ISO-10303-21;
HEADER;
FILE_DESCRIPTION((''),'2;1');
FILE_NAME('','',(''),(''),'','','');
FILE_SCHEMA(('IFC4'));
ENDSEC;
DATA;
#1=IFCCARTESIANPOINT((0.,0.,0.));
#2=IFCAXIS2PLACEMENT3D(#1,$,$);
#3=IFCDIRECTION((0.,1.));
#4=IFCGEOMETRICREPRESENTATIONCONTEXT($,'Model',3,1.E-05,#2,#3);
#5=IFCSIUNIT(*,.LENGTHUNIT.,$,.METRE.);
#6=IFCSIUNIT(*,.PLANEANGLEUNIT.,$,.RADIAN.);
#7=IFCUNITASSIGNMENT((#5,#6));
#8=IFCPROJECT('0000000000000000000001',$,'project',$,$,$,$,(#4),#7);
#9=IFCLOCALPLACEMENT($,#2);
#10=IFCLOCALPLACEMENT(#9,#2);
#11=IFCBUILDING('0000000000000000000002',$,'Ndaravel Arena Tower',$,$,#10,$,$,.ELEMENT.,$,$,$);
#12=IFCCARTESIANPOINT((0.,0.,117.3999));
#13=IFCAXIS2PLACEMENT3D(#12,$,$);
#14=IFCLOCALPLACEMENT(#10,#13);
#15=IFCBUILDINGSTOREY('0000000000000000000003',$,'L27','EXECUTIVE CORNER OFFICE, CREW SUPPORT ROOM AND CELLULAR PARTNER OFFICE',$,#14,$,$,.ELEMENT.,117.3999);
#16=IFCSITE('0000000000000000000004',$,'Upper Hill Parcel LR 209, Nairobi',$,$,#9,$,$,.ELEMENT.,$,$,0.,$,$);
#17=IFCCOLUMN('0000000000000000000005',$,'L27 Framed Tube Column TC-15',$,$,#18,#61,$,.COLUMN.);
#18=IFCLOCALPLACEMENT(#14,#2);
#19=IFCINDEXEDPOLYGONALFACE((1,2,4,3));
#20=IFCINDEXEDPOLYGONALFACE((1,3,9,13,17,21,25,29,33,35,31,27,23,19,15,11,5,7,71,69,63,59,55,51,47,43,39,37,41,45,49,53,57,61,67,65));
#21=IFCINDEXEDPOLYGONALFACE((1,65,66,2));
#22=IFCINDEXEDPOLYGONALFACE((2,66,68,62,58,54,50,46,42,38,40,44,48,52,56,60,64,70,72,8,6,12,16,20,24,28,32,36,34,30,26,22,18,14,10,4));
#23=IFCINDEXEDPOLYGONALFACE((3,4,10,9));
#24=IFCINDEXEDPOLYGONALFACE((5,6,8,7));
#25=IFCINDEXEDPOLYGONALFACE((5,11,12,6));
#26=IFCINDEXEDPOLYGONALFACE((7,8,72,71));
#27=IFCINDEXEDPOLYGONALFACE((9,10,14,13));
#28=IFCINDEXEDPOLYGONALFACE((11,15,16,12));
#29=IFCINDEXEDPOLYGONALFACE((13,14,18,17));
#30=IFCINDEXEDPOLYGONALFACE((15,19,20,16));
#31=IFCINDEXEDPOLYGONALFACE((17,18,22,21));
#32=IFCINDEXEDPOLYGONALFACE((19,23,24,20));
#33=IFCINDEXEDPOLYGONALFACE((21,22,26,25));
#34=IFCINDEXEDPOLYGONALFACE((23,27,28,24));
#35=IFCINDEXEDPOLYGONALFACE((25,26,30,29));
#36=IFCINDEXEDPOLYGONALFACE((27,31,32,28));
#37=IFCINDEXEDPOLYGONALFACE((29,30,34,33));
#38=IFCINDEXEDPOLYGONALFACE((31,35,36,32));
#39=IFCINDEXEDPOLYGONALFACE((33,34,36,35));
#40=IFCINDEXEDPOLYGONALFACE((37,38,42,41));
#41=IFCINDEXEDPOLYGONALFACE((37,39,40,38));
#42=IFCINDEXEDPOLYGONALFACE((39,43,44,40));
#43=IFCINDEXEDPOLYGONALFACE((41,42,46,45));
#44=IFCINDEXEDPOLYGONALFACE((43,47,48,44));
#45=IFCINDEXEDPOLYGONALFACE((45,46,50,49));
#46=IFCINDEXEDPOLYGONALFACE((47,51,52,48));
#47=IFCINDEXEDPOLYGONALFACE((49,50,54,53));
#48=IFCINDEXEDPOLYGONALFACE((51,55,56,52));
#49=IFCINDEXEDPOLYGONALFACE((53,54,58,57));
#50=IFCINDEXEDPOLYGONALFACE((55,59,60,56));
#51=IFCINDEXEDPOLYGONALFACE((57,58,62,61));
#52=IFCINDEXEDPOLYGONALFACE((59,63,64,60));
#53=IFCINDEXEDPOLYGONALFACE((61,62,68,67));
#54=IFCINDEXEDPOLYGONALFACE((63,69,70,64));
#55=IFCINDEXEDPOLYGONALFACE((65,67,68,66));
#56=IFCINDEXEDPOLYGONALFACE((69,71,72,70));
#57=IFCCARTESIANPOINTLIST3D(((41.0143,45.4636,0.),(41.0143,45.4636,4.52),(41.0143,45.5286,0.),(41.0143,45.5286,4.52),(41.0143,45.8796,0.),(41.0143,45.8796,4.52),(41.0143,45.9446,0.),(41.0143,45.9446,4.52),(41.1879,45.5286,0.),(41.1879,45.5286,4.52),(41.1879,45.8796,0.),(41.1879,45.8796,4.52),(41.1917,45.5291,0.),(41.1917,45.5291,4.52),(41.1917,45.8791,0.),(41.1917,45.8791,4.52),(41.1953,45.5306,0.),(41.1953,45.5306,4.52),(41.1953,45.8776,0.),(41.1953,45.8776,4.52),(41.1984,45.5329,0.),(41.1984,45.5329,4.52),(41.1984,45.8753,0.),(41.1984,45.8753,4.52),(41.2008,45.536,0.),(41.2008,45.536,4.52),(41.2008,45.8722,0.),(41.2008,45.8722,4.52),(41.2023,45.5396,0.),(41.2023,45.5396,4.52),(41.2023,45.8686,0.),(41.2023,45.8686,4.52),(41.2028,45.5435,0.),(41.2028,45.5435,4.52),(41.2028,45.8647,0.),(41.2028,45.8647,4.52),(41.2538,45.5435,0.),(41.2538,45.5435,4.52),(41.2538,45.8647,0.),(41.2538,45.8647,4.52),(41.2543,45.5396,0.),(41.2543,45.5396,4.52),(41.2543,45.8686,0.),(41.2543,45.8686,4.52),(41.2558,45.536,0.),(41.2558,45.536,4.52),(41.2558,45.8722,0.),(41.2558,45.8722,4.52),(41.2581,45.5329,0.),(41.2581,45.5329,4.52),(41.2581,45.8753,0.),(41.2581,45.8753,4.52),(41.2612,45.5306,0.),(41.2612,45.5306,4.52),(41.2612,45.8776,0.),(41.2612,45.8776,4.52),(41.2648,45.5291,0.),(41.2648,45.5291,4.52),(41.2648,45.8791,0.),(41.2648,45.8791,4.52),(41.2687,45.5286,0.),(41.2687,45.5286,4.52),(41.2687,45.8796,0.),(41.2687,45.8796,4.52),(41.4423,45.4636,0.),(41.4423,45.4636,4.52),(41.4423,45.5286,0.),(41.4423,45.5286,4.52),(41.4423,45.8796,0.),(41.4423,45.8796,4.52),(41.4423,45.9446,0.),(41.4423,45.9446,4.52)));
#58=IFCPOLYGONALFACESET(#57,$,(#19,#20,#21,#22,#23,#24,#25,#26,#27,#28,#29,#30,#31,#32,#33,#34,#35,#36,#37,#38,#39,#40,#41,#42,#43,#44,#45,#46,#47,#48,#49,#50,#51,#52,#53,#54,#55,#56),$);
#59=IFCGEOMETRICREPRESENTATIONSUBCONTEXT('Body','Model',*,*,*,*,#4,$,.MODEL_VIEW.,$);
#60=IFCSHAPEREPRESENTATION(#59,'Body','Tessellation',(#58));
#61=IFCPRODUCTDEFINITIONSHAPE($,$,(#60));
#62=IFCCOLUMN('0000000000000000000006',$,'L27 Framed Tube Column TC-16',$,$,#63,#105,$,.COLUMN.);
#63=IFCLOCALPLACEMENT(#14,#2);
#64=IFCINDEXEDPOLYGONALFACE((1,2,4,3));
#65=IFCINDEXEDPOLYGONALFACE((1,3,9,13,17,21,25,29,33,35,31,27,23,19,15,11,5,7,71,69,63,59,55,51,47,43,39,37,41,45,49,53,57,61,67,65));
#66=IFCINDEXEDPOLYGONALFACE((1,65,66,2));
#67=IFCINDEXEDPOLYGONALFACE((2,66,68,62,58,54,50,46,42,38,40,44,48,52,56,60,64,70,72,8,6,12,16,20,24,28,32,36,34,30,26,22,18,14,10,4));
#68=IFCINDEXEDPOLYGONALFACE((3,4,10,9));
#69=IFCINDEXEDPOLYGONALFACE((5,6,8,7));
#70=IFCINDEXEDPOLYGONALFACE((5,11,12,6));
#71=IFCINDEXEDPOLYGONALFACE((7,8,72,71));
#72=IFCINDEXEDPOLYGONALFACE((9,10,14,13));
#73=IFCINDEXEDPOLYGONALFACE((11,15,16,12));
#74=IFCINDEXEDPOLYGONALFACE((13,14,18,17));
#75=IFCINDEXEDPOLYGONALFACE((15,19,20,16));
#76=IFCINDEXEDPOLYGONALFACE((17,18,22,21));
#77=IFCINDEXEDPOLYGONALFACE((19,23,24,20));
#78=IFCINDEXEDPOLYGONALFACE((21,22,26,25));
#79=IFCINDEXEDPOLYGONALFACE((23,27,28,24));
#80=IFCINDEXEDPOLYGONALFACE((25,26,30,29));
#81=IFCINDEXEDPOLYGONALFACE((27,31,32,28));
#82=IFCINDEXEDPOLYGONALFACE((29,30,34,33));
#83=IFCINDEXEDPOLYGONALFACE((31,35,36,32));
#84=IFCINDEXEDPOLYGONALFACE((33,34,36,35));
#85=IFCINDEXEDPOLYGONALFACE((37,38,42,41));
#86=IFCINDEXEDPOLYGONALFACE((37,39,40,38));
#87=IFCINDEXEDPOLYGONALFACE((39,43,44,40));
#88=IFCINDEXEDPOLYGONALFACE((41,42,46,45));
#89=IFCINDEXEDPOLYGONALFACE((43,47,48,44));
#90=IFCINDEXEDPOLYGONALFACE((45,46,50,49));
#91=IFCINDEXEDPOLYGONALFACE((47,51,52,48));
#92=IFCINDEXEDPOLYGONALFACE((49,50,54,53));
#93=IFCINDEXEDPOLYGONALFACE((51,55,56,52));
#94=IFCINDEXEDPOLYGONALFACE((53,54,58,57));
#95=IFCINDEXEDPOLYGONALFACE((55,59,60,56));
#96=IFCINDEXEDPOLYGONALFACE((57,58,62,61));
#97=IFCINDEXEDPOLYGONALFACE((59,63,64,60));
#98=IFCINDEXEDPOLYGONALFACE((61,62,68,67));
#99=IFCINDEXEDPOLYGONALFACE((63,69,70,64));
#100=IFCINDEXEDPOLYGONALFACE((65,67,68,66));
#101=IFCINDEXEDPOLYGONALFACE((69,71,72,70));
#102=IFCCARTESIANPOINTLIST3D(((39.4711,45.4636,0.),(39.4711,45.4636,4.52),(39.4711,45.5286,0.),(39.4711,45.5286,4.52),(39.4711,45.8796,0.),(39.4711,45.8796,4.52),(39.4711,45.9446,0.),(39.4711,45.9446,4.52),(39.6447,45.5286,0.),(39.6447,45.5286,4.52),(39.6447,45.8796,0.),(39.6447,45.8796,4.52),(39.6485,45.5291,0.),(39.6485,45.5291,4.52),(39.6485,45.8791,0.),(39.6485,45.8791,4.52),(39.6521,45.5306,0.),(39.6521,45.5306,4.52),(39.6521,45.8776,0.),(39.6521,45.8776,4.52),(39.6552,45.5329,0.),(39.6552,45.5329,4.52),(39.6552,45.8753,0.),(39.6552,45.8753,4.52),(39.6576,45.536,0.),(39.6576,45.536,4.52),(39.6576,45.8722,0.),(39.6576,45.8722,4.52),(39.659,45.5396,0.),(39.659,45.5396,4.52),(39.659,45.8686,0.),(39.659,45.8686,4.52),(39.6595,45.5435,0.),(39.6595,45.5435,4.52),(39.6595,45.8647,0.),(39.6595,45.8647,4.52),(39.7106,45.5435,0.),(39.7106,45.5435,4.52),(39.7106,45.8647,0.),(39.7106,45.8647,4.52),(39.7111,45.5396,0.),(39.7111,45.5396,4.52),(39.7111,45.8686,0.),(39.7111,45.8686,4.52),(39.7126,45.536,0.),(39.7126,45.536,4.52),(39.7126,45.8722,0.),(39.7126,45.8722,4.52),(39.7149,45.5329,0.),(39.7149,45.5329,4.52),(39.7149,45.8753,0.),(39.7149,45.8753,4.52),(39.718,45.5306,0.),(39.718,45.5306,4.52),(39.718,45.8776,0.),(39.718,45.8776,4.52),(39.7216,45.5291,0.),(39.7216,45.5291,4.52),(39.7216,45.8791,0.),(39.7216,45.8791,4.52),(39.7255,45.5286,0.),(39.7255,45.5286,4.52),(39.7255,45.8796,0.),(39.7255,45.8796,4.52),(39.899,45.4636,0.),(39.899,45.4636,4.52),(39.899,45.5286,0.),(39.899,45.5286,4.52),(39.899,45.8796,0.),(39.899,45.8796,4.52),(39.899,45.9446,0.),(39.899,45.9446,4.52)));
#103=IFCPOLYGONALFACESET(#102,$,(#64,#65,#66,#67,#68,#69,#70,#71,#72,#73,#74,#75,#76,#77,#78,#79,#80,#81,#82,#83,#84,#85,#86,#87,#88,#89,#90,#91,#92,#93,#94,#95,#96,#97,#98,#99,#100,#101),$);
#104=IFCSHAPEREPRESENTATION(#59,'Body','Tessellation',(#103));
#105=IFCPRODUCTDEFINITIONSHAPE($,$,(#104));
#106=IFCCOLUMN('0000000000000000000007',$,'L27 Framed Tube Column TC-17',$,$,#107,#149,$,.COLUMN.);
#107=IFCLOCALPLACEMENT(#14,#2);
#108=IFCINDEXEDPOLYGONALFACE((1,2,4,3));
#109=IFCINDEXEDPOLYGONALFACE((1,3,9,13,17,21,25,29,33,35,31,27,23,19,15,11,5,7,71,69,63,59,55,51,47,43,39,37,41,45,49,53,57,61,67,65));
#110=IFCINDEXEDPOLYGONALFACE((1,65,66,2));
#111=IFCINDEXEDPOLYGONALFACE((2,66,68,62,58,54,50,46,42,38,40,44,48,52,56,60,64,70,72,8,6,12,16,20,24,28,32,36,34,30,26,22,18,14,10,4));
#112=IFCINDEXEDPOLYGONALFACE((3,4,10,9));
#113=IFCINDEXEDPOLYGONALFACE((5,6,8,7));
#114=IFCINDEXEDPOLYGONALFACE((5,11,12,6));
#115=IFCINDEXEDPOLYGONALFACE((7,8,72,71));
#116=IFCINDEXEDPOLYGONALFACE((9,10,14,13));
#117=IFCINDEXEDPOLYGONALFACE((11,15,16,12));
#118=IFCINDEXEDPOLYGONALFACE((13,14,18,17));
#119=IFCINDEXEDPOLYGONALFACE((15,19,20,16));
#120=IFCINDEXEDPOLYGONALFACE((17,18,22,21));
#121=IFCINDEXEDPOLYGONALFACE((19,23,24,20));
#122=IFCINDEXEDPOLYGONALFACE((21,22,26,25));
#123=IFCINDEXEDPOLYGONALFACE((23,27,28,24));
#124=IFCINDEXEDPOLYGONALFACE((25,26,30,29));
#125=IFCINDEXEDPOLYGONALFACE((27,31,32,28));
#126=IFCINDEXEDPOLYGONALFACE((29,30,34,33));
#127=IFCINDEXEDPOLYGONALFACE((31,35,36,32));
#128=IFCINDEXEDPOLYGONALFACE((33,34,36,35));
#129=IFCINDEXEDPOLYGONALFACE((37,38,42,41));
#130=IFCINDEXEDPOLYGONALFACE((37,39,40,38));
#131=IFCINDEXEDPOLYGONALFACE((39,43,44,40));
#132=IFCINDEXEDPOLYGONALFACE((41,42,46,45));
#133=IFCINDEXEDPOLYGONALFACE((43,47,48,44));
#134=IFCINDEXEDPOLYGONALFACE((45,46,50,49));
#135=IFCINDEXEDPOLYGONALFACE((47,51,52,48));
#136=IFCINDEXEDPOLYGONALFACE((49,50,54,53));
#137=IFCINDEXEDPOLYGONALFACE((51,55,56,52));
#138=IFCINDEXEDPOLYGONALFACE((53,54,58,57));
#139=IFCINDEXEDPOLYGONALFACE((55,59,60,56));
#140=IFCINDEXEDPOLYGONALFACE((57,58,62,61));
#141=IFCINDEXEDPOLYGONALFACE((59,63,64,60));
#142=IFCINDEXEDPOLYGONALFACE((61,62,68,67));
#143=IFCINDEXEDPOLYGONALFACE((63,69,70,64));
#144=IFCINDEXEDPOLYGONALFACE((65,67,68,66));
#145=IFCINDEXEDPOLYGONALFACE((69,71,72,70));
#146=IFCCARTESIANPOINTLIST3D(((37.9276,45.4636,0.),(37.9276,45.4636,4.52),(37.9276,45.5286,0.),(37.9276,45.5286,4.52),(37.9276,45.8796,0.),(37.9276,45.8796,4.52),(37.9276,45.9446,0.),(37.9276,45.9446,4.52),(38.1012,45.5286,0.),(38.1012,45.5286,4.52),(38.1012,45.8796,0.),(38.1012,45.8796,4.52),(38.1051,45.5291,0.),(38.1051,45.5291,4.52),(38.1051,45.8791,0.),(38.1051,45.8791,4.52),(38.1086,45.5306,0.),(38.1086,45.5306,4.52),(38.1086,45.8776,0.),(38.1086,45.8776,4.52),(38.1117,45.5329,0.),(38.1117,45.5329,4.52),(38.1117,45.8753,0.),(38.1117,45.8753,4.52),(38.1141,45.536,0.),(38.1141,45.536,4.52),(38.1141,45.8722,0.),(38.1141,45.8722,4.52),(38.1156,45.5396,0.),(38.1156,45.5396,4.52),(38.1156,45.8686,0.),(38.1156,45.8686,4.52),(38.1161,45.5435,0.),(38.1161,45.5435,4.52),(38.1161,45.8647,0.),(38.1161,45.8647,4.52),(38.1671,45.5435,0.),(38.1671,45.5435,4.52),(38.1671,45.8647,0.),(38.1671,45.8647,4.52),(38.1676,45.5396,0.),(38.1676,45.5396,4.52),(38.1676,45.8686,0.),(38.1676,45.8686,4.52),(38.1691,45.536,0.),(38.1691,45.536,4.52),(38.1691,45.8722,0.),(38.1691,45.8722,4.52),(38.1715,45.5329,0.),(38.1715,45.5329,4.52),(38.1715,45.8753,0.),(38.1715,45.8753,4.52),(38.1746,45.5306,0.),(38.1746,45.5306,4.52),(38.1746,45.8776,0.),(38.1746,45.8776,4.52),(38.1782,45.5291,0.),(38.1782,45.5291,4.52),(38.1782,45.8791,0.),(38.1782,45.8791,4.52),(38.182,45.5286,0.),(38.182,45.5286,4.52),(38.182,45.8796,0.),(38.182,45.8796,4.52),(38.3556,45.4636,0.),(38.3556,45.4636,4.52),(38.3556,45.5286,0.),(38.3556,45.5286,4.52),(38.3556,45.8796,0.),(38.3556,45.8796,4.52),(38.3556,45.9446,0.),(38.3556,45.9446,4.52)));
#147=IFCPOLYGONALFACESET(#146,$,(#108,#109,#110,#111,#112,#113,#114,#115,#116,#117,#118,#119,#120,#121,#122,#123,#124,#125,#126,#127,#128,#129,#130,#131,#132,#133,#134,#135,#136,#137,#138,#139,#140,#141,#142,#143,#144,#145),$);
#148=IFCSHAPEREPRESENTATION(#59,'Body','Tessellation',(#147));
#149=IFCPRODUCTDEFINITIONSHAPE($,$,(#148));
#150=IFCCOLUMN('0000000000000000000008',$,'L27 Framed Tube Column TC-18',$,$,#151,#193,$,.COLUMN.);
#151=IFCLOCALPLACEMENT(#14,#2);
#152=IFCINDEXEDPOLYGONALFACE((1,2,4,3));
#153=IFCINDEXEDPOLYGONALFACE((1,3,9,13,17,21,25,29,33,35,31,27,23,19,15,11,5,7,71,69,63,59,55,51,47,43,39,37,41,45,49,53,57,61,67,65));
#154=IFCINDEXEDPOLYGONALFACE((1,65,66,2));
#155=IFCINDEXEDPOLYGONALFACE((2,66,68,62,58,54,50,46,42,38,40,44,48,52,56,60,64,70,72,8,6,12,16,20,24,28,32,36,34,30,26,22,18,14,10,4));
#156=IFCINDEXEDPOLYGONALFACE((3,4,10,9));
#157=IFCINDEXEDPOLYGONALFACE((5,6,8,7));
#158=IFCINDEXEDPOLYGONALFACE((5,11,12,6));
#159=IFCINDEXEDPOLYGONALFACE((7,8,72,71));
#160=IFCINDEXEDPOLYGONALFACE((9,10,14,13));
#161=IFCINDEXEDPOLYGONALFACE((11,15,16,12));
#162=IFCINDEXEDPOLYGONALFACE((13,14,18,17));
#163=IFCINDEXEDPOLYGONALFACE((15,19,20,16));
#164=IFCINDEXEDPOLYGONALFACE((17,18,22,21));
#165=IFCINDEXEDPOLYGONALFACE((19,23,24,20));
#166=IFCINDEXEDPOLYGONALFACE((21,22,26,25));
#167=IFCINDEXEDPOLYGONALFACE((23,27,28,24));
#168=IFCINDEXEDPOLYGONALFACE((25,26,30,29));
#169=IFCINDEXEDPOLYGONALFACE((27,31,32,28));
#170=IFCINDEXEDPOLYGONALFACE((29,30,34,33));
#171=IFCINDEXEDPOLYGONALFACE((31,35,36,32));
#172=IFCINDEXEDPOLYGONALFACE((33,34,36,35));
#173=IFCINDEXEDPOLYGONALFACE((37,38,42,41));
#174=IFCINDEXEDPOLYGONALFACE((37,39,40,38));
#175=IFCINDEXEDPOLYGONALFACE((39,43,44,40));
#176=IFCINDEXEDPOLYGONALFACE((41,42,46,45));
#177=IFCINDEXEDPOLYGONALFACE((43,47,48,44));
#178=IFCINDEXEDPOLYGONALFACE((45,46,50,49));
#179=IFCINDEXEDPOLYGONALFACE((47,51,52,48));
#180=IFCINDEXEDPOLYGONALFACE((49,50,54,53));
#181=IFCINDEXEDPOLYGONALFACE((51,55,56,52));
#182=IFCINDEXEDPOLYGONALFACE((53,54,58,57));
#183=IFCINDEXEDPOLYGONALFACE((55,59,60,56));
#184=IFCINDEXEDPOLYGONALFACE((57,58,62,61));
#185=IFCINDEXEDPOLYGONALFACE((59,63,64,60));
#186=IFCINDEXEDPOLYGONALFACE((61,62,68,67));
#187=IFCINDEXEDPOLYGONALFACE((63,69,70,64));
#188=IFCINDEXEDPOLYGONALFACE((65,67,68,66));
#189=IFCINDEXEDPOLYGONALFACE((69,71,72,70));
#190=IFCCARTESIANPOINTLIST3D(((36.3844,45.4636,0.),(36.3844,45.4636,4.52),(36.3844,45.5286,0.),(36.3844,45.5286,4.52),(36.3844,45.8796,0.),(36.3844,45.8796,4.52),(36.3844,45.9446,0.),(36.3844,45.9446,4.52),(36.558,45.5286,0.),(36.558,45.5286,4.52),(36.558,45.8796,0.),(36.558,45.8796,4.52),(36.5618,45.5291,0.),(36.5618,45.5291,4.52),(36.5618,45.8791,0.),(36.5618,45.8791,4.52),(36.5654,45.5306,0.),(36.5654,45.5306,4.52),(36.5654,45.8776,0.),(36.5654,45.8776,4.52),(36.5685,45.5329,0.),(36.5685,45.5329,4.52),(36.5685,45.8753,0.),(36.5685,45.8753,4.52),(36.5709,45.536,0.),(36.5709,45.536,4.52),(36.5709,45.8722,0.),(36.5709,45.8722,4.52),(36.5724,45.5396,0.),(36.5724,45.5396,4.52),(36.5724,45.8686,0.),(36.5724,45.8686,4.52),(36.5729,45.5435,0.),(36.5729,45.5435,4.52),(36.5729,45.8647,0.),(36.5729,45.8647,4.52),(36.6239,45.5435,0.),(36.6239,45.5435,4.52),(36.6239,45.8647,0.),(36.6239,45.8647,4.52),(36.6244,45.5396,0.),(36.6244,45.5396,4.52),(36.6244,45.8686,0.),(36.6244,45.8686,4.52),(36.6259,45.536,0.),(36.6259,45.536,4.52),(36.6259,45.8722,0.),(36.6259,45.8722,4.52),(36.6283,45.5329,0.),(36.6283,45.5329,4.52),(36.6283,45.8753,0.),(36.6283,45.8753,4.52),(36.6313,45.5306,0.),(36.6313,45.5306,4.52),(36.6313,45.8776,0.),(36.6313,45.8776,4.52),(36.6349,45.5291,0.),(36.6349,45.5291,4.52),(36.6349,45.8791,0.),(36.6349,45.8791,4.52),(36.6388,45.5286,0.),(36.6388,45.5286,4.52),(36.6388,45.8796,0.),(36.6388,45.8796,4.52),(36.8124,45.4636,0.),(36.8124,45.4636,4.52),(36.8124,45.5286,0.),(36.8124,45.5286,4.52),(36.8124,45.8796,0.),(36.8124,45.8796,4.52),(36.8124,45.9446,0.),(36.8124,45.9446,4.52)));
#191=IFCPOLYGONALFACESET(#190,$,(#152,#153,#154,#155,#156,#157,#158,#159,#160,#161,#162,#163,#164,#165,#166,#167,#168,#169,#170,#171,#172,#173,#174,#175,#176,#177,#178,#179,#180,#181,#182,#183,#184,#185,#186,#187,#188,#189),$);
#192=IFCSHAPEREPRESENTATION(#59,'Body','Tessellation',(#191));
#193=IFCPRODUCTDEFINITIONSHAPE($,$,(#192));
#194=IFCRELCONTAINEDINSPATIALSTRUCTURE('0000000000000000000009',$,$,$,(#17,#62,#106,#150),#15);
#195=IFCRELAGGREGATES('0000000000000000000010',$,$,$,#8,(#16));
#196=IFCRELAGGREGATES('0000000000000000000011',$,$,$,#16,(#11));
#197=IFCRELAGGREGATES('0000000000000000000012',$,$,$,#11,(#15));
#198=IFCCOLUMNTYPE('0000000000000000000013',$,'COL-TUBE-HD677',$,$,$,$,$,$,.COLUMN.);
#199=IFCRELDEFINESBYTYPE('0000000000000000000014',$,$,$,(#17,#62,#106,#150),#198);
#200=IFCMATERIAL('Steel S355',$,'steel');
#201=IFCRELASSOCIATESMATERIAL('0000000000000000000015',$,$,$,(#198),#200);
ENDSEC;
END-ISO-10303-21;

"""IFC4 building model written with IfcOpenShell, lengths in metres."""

from ifc_helpers import new_model, si_unit, direction, frame, origin, origin_2d, place, context, subcontext, project, spatial, i_section, extrude, material, material_profile, profile_set, type_object, element, save


model = new_model("IFC4")

# Units and contexts
model_context = context("Model", 3, precision=1e-05, world=origin(), true_north=direction((0.0, 1.0)))
body_context = subcontext(model_context, "Body", "Model", "MODEL_VIEW")
ifc_project = project(units=[si_unit("LENGTHUNIT", "METRE"), si_unit("PLANEANGLEUNIT", "RADIAN")], contexts=[model_context])

# Site, building, storey
site_placement = place(None, origin())
site = spatial("IfcSite", under=ifc_project, at=site_placement, Name="Upper Hill Parcel LR 209, Nairobi", CompositionType="ELEMENT", RefElevation=0.0)
building_placement = place(site_placement, origin())
building = spatial("IfcBuilding", under=site, at=building_placement, Name="Ndaravel Arena Tower", CompositionType="ELEMENT")
storey_placement = place(building_placement, frame((0.0, 0.0, 117.3999)))
storey = spatial("IfcBuildingStorey", under=building, at=storey_placement, Name="L27", Description="EXECUTIVE CORNER OFFICE, CREW SUPPORT ROOM AND CELLULAR PARTNER OFFICE", CompositionType="ELEMENT", Elevation=117.3999)

# Columns
ifc_material_1 = material(Name="Steel S355", Category="steel")
ifc_material_profile_1 = material_profile(ifc_material_1, i_section(OverallWidth=0.428, OverallDepth=0.481, WebThickness=0.051, FlangeThickness=0.0649, FilletRadius=0.0149, at=origin_2d()), Name="HD 400x677")
ifc_profile_set_1 = profile_set([ifc_material_profile_1], Name="Steel S355")
column_type = type_object("IfcColumnType", Name="COL-TUBE-HD677", PredefinedType="COLUMN", material=ifc_profile_set_1)
for number, where, z_axis, x_axis, name in (
    (1, (41.2283, 45.7041, 0.0), (0.0, 0.0, 1.0), (1.0, 0.0, 0.0), "L27 Framed Tube Column TC-15"),
    (2, (39.6851, 45.7041, 0.0), (0.0, 0.0, 1.0), (1.0, 0.0, 0.0), "L27 Framed Tube Column TC-16"),
    (3, (38.1416, 45.7041, 0.0), (0.0, 0.0, 1.0), (1.0, 0.0, 0.0), "L27 Framed Tube Column TC-17"),
    (4, (36.5984, 45.7041, 0.0), (0.0, 0.0, 1.0), (1.0, 0.0, 0.0), "L27 Framed Tube Column TC-18"),
):
    element("IfcColumn", number, at=place(storey_placement, frame(where, z_axis=z_axis, x_axis=x_axis)), inside=storey, type_object=column_type, Name=name, PredefinedType="COLUMN", context=body_context, shape_type="SweptSolid", body=[
        extrude(i_section(OverallWidth=0.428, OverallDepth=0.481, WebThickness=0.051, FlangeThickness=0.0649, FilletRadius=0.0149, at=origin_2d()), origin(), (0.0, 0.0, 1.0), 4.52),
    ])

save(model, "model.ifc")
